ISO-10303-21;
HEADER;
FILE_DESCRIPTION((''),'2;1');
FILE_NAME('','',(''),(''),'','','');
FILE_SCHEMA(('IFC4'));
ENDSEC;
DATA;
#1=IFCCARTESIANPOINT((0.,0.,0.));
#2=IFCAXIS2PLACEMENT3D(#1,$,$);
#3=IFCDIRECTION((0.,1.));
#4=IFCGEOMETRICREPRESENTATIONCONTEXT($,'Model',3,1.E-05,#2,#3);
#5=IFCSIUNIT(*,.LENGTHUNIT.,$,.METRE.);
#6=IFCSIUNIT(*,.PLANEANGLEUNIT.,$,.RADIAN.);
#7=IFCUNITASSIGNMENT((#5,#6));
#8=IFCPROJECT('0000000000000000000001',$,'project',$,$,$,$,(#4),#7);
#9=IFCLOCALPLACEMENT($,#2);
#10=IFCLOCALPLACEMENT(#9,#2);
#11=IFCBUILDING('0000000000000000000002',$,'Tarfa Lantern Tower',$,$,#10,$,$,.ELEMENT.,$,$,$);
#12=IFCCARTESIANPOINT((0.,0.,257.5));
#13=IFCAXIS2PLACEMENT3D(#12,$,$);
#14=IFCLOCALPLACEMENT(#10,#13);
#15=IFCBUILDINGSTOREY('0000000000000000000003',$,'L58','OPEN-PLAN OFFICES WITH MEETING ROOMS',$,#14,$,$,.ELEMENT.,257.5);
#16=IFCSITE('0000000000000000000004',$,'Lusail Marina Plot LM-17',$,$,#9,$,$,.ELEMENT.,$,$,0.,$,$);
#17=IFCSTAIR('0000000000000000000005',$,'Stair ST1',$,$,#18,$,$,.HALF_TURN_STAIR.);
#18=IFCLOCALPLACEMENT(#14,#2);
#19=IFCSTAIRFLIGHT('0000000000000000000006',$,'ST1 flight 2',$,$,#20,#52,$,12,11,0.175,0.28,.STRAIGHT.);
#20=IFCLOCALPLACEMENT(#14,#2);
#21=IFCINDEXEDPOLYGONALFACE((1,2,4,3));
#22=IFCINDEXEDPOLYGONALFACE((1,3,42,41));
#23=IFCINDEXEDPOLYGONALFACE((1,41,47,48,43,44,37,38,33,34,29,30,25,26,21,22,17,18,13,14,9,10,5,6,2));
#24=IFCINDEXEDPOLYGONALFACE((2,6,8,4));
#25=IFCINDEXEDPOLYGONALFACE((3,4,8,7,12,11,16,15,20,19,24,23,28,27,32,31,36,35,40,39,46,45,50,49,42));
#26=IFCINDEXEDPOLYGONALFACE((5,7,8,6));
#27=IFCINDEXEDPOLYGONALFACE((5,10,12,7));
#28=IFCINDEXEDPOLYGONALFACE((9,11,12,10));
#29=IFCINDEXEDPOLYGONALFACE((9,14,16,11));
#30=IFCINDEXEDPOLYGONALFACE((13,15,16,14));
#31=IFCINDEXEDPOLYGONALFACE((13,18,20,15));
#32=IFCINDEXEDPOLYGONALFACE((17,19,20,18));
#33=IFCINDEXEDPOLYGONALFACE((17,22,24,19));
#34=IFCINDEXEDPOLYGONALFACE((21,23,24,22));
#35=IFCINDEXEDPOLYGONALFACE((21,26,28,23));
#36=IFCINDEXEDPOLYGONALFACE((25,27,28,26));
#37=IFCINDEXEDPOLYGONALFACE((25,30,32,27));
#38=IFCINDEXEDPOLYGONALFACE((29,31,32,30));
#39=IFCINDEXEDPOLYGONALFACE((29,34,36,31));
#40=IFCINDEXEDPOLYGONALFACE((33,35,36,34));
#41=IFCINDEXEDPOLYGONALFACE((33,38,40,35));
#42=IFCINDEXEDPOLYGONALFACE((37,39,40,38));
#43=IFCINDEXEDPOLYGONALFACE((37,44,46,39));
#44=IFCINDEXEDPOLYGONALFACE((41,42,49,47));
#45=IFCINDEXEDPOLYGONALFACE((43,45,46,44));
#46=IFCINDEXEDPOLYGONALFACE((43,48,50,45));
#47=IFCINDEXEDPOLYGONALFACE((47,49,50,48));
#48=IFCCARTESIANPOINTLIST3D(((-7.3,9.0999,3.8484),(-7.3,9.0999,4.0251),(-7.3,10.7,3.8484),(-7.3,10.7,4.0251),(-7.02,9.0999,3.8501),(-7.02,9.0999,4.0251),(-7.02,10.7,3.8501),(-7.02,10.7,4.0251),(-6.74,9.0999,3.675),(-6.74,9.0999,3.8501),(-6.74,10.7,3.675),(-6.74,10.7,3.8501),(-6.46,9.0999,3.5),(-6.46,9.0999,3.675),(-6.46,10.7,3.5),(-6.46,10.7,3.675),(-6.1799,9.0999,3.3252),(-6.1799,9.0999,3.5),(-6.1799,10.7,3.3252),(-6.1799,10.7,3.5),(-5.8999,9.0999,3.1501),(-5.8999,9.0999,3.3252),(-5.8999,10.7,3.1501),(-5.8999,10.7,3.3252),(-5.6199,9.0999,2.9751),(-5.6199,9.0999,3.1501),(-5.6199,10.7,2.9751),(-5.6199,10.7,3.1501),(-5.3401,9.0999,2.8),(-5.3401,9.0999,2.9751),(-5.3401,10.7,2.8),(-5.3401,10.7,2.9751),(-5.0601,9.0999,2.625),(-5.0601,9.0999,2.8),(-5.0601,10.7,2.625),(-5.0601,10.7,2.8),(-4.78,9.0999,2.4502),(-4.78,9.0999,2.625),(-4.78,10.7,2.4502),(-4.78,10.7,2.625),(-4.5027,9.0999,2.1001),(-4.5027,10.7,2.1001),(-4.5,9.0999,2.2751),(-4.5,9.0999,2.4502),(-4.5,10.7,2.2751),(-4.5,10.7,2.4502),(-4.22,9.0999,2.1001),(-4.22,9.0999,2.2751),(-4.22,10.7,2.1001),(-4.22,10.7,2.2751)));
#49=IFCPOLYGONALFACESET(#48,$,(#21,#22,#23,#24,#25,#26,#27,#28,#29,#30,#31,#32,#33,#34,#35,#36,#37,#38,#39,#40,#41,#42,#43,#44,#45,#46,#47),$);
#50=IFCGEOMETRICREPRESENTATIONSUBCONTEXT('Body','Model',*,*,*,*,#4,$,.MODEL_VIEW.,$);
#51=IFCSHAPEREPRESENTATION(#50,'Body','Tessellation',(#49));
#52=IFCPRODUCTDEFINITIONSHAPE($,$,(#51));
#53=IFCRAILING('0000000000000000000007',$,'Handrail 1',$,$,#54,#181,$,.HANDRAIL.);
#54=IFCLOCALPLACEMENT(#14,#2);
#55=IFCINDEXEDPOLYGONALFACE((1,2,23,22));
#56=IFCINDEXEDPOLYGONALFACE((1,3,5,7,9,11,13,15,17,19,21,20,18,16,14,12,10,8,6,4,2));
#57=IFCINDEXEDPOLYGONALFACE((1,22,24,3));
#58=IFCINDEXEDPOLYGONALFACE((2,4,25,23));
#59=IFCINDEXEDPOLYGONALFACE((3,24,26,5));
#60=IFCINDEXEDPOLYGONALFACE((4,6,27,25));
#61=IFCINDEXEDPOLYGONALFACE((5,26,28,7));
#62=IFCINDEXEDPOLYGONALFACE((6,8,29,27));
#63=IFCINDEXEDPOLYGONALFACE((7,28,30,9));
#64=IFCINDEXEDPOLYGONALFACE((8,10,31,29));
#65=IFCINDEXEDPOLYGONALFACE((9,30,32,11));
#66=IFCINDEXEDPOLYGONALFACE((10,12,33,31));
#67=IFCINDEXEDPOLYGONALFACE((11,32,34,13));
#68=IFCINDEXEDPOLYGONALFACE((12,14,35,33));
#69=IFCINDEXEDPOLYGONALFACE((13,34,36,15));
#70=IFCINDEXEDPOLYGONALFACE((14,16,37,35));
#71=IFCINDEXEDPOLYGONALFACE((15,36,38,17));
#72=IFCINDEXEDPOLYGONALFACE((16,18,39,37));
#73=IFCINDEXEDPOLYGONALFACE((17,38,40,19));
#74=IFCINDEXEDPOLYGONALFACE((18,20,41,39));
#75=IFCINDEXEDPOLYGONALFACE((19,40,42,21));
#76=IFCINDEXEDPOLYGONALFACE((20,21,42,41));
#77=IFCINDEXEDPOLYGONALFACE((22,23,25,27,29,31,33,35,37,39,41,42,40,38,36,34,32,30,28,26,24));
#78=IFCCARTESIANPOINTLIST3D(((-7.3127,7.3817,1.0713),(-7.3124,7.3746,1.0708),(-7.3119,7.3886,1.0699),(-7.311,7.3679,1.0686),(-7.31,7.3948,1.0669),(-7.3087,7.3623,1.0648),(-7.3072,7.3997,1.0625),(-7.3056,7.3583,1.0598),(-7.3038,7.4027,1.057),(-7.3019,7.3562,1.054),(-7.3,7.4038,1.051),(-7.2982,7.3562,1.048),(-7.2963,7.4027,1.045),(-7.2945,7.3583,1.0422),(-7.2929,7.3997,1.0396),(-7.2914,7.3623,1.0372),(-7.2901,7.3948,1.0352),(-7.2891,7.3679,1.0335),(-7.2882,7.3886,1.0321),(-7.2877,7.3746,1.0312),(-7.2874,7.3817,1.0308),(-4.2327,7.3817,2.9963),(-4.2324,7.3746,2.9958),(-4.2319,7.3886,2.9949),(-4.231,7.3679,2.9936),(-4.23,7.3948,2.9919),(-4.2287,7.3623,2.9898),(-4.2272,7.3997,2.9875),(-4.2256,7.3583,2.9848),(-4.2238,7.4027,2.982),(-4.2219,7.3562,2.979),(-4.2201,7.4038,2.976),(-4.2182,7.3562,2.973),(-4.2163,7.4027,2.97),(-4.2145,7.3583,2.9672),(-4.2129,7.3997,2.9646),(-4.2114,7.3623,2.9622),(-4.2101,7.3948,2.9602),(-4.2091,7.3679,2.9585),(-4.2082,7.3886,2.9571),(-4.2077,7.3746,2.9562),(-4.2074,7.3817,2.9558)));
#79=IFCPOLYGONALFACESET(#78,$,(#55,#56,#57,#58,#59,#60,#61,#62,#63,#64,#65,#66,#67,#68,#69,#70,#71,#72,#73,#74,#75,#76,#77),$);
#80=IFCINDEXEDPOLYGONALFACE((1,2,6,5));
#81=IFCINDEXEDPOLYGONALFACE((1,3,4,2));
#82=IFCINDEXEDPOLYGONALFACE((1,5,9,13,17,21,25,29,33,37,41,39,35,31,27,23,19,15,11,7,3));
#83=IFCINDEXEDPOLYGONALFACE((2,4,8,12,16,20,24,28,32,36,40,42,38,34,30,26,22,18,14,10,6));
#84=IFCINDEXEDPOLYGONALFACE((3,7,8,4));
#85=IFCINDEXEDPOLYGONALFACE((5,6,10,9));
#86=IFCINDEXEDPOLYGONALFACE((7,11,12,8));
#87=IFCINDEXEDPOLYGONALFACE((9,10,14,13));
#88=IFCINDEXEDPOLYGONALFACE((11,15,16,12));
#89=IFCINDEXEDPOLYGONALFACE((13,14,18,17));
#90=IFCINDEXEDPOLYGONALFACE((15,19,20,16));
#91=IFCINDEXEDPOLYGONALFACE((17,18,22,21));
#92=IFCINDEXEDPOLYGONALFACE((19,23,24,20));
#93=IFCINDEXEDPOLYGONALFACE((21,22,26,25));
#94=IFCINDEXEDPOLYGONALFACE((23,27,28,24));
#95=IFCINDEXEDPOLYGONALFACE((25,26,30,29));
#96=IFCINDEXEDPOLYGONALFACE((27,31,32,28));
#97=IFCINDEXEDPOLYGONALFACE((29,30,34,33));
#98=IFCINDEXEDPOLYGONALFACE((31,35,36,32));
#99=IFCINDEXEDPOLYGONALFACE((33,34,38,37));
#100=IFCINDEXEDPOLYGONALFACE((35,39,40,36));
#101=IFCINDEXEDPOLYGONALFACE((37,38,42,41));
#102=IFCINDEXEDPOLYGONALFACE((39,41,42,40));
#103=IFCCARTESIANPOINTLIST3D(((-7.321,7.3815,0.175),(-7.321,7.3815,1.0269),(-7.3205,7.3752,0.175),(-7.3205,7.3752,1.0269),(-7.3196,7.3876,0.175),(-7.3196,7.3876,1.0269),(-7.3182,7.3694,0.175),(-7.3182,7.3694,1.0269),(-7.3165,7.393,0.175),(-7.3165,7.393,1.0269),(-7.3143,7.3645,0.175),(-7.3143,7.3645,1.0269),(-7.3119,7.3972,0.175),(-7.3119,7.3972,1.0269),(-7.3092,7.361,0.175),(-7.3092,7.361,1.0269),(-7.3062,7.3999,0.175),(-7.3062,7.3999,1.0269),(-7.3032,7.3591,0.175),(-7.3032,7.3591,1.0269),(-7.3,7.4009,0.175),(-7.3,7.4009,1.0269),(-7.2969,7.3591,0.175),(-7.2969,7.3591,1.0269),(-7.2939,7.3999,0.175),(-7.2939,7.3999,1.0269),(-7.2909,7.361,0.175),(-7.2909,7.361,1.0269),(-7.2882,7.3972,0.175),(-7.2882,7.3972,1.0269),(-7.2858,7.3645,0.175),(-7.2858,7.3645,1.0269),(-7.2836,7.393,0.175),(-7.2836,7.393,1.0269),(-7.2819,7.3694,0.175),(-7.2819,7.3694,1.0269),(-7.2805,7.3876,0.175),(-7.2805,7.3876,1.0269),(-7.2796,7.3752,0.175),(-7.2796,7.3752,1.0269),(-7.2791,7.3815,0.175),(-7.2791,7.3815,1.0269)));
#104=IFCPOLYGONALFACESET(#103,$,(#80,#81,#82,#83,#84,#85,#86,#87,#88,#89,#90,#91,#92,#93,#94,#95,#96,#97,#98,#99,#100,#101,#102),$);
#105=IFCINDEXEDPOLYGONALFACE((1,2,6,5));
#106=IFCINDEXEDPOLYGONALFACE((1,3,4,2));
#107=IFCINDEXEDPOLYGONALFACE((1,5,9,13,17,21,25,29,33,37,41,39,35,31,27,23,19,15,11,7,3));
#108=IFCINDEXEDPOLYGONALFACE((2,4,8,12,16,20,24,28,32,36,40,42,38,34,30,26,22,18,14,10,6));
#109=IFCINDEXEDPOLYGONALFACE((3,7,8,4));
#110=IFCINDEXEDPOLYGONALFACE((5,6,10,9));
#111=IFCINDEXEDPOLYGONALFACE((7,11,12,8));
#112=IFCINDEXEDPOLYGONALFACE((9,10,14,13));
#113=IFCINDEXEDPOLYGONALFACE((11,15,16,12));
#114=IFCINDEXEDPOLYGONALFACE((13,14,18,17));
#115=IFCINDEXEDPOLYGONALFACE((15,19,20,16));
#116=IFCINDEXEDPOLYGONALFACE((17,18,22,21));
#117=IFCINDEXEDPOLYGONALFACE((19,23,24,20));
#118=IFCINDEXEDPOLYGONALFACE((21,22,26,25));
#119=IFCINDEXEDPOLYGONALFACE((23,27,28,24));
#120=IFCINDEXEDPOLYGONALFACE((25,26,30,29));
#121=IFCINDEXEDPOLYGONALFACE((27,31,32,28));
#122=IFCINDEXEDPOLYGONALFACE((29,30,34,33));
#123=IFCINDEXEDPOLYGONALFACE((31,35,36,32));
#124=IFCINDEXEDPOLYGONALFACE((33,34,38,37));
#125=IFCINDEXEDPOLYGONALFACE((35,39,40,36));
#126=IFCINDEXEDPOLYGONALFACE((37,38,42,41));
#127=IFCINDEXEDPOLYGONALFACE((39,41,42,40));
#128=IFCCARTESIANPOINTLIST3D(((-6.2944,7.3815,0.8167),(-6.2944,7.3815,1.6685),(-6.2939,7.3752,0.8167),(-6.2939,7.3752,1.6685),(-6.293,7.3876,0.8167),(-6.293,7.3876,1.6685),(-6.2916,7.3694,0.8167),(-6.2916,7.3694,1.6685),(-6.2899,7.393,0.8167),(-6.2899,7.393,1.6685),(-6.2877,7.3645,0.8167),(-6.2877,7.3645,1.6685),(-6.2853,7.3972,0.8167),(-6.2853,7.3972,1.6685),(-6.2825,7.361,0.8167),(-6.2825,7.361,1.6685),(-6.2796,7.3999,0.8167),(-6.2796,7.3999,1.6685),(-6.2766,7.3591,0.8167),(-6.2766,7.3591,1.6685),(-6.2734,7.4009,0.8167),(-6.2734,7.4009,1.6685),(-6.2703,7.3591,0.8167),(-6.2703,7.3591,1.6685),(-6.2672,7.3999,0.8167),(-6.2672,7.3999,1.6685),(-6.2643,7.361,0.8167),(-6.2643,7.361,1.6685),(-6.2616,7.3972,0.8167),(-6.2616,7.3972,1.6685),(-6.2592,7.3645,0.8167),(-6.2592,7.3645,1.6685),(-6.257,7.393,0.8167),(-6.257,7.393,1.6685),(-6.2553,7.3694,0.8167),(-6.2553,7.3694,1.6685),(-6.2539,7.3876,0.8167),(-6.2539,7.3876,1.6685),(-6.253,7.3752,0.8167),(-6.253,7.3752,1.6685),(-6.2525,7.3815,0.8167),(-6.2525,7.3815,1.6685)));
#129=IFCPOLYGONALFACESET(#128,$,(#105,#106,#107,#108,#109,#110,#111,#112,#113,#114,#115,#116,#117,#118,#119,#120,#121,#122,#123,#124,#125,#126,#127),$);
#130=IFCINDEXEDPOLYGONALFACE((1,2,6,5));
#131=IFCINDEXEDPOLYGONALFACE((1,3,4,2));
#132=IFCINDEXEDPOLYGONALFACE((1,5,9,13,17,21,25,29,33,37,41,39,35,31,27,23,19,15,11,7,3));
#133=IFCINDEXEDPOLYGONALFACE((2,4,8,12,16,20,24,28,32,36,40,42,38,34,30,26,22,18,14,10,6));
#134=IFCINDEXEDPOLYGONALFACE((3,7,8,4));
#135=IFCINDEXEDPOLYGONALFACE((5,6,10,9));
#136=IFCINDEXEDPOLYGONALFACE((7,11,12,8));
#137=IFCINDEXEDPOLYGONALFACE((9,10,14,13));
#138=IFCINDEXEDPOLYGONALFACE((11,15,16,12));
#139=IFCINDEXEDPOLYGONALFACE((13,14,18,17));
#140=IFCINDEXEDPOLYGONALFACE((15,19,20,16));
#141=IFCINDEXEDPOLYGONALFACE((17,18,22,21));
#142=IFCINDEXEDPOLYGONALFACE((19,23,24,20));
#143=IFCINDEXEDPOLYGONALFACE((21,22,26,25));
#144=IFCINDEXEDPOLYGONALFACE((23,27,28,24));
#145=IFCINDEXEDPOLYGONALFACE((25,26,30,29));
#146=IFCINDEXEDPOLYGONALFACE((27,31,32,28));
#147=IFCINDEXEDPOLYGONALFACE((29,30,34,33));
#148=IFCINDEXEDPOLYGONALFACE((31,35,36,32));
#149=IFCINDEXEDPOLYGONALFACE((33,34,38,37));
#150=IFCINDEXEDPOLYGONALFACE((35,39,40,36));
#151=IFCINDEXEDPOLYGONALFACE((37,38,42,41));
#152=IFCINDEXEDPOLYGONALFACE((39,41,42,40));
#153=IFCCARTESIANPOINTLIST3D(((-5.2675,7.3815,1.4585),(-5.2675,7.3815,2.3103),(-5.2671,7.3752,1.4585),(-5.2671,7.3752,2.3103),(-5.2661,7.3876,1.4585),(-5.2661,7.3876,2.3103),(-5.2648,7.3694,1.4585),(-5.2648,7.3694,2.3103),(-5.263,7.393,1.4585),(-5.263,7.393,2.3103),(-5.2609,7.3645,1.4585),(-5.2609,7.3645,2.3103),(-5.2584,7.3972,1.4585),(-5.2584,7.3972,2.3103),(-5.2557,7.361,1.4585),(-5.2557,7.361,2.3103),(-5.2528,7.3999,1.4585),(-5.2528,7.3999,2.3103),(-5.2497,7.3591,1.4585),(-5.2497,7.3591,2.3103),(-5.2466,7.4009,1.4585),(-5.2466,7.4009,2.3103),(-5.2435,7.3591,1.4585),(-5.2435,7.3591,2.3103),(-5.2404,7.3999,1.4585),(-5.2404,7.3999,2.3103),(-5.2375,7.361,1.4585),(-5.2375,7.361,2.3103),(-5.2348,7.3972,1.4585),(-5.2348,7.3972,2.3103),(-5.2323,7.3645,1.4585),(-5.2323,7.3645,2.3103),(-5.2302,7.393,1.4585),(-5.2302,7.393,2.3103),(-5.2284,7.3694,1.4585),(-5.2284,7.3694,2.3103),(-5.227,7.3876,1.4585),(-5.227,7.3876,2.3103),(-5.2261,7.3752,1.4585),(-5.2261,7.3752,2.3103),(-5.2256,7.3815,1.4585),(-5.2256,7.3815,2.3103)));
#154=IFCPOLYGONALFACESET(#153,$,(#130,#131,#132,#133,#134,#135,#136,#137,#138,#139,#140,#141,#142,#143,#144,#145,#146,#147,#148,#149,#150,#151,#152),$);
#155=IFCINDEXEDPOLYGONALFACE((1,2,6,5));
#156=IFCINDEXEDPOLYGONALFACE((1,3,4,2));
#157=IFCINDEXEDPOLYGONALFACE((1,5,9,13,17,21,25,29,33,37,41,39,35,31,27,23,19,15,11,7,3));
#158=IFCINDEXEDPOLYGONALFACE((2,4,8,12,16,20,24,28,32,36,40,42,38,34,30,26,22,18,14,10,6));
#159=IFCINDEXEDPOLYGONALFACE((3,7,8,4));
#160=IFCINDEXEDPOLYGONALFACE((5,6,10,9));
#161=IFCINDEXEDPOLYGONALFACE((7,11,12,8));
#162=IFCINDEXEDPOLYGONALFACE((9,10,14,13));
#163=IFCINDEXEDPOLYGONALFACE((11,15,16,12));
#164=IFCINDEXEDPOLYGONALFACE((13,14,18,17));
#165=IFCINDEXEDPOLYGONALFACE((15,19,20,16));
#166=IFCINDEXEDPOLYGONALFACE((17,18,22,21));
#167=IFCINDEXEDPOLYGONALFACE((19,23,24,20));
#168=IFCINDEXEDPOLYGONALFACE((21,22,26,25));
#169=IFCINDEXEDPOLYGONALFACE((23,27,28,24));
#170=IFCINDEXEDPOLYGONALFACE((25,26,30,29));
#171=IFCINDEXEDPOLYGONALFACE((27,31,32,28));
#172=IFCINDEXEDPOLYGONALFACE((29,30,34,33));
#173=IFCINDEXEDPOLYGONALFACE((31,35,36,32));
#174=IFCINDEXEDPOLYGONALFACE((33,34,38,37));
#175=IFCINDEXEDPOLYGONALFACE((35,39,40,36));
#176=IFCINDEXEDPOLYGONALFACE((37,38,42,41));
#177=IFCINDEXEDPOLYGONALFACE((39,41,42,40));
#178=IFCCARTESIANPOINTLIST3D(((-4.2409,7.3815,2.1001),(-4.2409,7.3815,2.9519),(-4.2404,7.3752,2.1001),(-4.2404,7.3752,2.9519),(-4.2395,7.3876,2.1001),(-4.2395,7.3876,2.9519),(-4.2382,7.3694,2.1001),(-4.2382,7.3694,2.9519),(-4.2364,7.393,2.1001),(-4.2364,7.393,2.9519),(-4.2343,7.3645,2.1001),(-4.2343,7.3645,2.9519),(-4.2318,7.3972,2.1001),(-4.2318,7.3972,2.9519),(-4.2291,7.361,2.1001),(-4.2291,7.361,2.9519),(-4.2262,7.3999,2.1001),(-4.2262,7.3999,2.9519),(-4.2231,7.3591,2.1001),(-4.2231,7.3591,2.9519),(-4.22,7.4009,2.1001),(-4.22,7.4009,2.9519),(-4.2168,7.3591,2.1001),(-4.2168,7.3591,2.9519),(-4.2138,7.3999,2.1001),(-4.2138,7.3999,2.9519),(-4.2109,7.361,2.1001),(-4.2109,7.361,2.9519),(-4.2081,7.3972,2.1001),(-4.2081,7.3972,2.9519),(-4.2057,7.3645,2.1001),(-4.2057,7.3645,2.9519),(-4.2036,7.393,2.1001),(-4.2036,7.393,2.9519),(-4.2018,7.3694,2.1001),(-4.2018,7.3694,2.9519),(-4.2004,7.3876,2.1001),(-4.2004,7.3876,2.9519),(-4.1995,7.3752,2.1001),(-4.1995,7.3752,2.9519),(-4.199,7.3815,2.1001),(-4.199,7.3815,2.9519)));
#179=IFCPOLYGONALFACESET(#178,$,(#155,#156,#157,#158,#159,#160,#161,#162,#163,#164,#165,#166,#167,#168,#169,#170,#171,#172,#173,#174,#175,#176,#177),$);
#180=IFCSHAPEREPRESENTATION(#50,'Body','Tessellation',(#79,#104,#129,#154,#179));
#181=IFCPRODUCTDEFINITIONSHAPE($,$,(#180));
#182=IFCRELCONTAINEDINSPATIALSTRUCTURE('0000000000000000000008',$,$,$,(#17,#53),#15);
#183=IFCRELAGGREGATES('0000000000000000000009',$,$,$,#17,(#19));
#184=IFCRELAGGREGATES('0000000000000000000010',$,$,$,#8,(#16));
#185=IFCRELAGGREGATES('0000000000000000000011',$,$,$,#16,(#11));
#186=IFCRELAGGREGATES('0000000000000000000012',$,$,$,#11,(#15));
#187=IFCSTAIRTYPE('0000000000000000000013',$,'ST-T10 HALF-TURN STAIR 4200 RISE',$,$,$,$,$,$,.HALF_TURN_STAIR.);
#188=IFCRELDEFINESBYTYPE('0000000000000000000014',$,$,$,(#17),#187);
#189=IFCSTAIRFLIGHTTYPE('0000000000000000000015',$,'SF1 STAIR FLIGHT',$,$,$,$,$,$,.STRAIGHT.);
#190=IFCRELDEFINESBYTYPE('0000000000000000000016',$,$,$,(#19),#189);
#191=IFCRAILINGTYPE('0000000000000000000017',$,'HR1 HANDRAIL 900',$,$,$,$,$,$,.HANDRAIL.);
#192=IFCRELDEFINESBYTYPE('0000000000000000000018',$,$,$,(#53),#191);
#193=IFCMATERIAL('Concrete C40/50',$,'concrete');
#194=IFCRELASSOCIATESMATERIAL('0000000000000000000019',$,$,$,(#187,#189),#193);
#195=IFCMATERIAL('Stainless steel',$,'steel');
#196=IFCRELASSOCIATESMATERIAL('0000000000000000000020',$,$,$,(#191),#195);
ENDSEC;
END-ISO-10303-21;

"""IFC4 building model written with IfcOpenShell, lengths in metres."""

from ifc_helpers import new_model, si_unit, direction, frame, origin, origin_2d, place, context, subcontext, project, spatial, polyline, circle, outline, extrude, material, type_object, element, aggregate, save


model = new_model("IFC4")

# Units and contexts
model_context = context("Model", 3, precision=1e-05, world=origin(), true_north=direction((0.0, 1.0)))
body_context = subcontext(model_context, "Body", "Model", "MODEL_VIEW")
ifc_project = project(units=[si_unit("LENGTHUNIT", "METRE"), si_unit("PLANEANGLEUNIT", "RADIAN")], contexts=[model_context])

# Site, building, storey
site_placement = place(None, origin())
site = spatial("IfcSite", under=ifc_project, at=site_placement, Name="Lusail Marina Plot LM-17", CompositionType="ELEMENT", RefElevation=0.0)
building_placement = place(site_placement, origin())
building = spatial("IfcBuilding", under=site, at=building_placement, Name="Tarfa Lantern Tower", CompositionType="ELEMENT")
storey_placement = place(building_placement, frame((0.0, 0.0, 257.5)))
storey = spatial("IfcBuildingStorey", under=building, at=storey_placement, Name="L58", Description="OPEN-PLAN OFFICES WITH MEETING ROOMS", CompositionType="ELEMENT", Elevation=257.5)

# Stair, stair flight
ifc_material_1 = material(Name="Concrete C40/50", Category="concrete")
stair_type = type_object("IfcStairType", Name="ST-T10 HALF-TURN STAIR 4200 RISE", PredefinedType="HALF_TURN_STAIR", material=ifc_material_1)
stair_placement = place(storey_placement, origin())
stair = element("IfcStair", 1, at=stair_placement, inside=storey, type_object=stair_type, Name="Stair ST1", PredefinedType="HALF_TURN_STAIR")
stair_flight_type = type_object("IfcStairFlightType", Name="SF1 STAIR FLIGHT", PredefinedType="STRAIGHT", material=ifc_material_1)
stair_flight_1_placement = place(storey_placement, frame((-4.22, 9.8999, 2.1001), z_axis=(0.0, 0.0, 1.0), x_axis=(-1.0, 0.0, 0.0)))
stair_flight_1 = element("IfcStairFlight", 2, at=stair_flight_1_placement, type_object=stair_flight_type, Name="ST1 flight 2", NumberOfRisers=12, NumberOfTreads=11, PredefinedType="STRAIGHT", RiserHeight=0.175, TreadLength=0.28, context=body_context, shape_type="SweptSolid", body=[
    extrude(outline(polyline([(0.0, 0.0), (0.0, 0.175), (0.28, 0.175), (0.28, 0.3501), (0.5601, 0.3501), (0.5601, 0.5249), (0.8401, 0.5249), (0.8401, 0.7), (1.1201, 0.7), (1.1201, 0.875), (1.3999, 0.875), (1.3999, 1.05), (1.6799, 1.05), (1.6799, 1.2251), (1.96, 1.2251), (1.96, 1.3999), (2.24, 1.3999), (2.24, 1.575), (2.52, 1.575), (2.52, 1.75), (2.8, 1.75), (2.8, 1.925), (3.0801, 1.925), (3.0801, 2.1001), (3.0801, 1.7483), (0.2827, 0.0), (0.0, 0.0)])), frame((0.0, 0.8, 0.0), z_axis=(0.0, -1.0, 0.0), x_axis=(1.0, 0.0, 0.0)), (0.0, 0.0, 1.0), 1.6001),
])
aggregate(stair, [stair_flight_1])

# Railing
ifc_material_2 = material(Name="Stainless steel", Category="steel")
railing_type = type_object("IfcRailingType", Name="HR1 HANDRAIL 900", PredefinedType="HANDRAIL", material=ifc_material_2)
railing_1_placement = place(storey_placement, frame((-7.3, 7.3799, 0.175)))
element("IfcRailing", 3, at=railing_1_placement, inside=storey, type_object=railing_type, Name="Handrail 1", PredefinedType="HANDRAIL", context=body_context, shape_type="SweptSolid", body=[
    extrude(circle(Radius=0.0239, at=origin_2d()), frame((0.0, 0.0, 0.876), z_axis=(0.847998, 0.0, 0.529999), x_axis=(0.0, 1.0, 0.0)), (0.0, 0.0, 1.0), 3.6321),
    extrude(circle(Radius=0.021, at=origin_2d()), frame((0.0, 0.0, 0.0), z_axis=(0.0, 0.0, 1.0), x_axis=(0.0, 1.0, 0.0)), (0.0, 0.0, 1.0), 0.8518),
    extrude(circle(Radius=0.021, at=origin_2d()), frame((1.0266, 0.0, 0.6416), z_axis=(0.0, 0.0, 1.0), x_axis=(0.0, 1.0, 0.0)), (0.0, 0.0, 1.0), 0.8518),
    extrude(circle(Radius=0.021, at=origin_2d()), frame((2.0535, 0.0, 1.2834), z_axis=(0.0, 0.0, 1.0), x_axis=(0.0, 1.0, 0.0)), (0.0, 0.0, 1.0), 0.8518),
    extrude(circle(Radius=0.021, at=origin_2d()), frame((3.0801, 0.0, 1.925), z_axis=(0.0, 0.0, 1.0), x_axis=(0.0, 1.0, 0.0)), (0.0, 0.0, 1.0), 0.8518),
])

save(model, "model.ifc")
